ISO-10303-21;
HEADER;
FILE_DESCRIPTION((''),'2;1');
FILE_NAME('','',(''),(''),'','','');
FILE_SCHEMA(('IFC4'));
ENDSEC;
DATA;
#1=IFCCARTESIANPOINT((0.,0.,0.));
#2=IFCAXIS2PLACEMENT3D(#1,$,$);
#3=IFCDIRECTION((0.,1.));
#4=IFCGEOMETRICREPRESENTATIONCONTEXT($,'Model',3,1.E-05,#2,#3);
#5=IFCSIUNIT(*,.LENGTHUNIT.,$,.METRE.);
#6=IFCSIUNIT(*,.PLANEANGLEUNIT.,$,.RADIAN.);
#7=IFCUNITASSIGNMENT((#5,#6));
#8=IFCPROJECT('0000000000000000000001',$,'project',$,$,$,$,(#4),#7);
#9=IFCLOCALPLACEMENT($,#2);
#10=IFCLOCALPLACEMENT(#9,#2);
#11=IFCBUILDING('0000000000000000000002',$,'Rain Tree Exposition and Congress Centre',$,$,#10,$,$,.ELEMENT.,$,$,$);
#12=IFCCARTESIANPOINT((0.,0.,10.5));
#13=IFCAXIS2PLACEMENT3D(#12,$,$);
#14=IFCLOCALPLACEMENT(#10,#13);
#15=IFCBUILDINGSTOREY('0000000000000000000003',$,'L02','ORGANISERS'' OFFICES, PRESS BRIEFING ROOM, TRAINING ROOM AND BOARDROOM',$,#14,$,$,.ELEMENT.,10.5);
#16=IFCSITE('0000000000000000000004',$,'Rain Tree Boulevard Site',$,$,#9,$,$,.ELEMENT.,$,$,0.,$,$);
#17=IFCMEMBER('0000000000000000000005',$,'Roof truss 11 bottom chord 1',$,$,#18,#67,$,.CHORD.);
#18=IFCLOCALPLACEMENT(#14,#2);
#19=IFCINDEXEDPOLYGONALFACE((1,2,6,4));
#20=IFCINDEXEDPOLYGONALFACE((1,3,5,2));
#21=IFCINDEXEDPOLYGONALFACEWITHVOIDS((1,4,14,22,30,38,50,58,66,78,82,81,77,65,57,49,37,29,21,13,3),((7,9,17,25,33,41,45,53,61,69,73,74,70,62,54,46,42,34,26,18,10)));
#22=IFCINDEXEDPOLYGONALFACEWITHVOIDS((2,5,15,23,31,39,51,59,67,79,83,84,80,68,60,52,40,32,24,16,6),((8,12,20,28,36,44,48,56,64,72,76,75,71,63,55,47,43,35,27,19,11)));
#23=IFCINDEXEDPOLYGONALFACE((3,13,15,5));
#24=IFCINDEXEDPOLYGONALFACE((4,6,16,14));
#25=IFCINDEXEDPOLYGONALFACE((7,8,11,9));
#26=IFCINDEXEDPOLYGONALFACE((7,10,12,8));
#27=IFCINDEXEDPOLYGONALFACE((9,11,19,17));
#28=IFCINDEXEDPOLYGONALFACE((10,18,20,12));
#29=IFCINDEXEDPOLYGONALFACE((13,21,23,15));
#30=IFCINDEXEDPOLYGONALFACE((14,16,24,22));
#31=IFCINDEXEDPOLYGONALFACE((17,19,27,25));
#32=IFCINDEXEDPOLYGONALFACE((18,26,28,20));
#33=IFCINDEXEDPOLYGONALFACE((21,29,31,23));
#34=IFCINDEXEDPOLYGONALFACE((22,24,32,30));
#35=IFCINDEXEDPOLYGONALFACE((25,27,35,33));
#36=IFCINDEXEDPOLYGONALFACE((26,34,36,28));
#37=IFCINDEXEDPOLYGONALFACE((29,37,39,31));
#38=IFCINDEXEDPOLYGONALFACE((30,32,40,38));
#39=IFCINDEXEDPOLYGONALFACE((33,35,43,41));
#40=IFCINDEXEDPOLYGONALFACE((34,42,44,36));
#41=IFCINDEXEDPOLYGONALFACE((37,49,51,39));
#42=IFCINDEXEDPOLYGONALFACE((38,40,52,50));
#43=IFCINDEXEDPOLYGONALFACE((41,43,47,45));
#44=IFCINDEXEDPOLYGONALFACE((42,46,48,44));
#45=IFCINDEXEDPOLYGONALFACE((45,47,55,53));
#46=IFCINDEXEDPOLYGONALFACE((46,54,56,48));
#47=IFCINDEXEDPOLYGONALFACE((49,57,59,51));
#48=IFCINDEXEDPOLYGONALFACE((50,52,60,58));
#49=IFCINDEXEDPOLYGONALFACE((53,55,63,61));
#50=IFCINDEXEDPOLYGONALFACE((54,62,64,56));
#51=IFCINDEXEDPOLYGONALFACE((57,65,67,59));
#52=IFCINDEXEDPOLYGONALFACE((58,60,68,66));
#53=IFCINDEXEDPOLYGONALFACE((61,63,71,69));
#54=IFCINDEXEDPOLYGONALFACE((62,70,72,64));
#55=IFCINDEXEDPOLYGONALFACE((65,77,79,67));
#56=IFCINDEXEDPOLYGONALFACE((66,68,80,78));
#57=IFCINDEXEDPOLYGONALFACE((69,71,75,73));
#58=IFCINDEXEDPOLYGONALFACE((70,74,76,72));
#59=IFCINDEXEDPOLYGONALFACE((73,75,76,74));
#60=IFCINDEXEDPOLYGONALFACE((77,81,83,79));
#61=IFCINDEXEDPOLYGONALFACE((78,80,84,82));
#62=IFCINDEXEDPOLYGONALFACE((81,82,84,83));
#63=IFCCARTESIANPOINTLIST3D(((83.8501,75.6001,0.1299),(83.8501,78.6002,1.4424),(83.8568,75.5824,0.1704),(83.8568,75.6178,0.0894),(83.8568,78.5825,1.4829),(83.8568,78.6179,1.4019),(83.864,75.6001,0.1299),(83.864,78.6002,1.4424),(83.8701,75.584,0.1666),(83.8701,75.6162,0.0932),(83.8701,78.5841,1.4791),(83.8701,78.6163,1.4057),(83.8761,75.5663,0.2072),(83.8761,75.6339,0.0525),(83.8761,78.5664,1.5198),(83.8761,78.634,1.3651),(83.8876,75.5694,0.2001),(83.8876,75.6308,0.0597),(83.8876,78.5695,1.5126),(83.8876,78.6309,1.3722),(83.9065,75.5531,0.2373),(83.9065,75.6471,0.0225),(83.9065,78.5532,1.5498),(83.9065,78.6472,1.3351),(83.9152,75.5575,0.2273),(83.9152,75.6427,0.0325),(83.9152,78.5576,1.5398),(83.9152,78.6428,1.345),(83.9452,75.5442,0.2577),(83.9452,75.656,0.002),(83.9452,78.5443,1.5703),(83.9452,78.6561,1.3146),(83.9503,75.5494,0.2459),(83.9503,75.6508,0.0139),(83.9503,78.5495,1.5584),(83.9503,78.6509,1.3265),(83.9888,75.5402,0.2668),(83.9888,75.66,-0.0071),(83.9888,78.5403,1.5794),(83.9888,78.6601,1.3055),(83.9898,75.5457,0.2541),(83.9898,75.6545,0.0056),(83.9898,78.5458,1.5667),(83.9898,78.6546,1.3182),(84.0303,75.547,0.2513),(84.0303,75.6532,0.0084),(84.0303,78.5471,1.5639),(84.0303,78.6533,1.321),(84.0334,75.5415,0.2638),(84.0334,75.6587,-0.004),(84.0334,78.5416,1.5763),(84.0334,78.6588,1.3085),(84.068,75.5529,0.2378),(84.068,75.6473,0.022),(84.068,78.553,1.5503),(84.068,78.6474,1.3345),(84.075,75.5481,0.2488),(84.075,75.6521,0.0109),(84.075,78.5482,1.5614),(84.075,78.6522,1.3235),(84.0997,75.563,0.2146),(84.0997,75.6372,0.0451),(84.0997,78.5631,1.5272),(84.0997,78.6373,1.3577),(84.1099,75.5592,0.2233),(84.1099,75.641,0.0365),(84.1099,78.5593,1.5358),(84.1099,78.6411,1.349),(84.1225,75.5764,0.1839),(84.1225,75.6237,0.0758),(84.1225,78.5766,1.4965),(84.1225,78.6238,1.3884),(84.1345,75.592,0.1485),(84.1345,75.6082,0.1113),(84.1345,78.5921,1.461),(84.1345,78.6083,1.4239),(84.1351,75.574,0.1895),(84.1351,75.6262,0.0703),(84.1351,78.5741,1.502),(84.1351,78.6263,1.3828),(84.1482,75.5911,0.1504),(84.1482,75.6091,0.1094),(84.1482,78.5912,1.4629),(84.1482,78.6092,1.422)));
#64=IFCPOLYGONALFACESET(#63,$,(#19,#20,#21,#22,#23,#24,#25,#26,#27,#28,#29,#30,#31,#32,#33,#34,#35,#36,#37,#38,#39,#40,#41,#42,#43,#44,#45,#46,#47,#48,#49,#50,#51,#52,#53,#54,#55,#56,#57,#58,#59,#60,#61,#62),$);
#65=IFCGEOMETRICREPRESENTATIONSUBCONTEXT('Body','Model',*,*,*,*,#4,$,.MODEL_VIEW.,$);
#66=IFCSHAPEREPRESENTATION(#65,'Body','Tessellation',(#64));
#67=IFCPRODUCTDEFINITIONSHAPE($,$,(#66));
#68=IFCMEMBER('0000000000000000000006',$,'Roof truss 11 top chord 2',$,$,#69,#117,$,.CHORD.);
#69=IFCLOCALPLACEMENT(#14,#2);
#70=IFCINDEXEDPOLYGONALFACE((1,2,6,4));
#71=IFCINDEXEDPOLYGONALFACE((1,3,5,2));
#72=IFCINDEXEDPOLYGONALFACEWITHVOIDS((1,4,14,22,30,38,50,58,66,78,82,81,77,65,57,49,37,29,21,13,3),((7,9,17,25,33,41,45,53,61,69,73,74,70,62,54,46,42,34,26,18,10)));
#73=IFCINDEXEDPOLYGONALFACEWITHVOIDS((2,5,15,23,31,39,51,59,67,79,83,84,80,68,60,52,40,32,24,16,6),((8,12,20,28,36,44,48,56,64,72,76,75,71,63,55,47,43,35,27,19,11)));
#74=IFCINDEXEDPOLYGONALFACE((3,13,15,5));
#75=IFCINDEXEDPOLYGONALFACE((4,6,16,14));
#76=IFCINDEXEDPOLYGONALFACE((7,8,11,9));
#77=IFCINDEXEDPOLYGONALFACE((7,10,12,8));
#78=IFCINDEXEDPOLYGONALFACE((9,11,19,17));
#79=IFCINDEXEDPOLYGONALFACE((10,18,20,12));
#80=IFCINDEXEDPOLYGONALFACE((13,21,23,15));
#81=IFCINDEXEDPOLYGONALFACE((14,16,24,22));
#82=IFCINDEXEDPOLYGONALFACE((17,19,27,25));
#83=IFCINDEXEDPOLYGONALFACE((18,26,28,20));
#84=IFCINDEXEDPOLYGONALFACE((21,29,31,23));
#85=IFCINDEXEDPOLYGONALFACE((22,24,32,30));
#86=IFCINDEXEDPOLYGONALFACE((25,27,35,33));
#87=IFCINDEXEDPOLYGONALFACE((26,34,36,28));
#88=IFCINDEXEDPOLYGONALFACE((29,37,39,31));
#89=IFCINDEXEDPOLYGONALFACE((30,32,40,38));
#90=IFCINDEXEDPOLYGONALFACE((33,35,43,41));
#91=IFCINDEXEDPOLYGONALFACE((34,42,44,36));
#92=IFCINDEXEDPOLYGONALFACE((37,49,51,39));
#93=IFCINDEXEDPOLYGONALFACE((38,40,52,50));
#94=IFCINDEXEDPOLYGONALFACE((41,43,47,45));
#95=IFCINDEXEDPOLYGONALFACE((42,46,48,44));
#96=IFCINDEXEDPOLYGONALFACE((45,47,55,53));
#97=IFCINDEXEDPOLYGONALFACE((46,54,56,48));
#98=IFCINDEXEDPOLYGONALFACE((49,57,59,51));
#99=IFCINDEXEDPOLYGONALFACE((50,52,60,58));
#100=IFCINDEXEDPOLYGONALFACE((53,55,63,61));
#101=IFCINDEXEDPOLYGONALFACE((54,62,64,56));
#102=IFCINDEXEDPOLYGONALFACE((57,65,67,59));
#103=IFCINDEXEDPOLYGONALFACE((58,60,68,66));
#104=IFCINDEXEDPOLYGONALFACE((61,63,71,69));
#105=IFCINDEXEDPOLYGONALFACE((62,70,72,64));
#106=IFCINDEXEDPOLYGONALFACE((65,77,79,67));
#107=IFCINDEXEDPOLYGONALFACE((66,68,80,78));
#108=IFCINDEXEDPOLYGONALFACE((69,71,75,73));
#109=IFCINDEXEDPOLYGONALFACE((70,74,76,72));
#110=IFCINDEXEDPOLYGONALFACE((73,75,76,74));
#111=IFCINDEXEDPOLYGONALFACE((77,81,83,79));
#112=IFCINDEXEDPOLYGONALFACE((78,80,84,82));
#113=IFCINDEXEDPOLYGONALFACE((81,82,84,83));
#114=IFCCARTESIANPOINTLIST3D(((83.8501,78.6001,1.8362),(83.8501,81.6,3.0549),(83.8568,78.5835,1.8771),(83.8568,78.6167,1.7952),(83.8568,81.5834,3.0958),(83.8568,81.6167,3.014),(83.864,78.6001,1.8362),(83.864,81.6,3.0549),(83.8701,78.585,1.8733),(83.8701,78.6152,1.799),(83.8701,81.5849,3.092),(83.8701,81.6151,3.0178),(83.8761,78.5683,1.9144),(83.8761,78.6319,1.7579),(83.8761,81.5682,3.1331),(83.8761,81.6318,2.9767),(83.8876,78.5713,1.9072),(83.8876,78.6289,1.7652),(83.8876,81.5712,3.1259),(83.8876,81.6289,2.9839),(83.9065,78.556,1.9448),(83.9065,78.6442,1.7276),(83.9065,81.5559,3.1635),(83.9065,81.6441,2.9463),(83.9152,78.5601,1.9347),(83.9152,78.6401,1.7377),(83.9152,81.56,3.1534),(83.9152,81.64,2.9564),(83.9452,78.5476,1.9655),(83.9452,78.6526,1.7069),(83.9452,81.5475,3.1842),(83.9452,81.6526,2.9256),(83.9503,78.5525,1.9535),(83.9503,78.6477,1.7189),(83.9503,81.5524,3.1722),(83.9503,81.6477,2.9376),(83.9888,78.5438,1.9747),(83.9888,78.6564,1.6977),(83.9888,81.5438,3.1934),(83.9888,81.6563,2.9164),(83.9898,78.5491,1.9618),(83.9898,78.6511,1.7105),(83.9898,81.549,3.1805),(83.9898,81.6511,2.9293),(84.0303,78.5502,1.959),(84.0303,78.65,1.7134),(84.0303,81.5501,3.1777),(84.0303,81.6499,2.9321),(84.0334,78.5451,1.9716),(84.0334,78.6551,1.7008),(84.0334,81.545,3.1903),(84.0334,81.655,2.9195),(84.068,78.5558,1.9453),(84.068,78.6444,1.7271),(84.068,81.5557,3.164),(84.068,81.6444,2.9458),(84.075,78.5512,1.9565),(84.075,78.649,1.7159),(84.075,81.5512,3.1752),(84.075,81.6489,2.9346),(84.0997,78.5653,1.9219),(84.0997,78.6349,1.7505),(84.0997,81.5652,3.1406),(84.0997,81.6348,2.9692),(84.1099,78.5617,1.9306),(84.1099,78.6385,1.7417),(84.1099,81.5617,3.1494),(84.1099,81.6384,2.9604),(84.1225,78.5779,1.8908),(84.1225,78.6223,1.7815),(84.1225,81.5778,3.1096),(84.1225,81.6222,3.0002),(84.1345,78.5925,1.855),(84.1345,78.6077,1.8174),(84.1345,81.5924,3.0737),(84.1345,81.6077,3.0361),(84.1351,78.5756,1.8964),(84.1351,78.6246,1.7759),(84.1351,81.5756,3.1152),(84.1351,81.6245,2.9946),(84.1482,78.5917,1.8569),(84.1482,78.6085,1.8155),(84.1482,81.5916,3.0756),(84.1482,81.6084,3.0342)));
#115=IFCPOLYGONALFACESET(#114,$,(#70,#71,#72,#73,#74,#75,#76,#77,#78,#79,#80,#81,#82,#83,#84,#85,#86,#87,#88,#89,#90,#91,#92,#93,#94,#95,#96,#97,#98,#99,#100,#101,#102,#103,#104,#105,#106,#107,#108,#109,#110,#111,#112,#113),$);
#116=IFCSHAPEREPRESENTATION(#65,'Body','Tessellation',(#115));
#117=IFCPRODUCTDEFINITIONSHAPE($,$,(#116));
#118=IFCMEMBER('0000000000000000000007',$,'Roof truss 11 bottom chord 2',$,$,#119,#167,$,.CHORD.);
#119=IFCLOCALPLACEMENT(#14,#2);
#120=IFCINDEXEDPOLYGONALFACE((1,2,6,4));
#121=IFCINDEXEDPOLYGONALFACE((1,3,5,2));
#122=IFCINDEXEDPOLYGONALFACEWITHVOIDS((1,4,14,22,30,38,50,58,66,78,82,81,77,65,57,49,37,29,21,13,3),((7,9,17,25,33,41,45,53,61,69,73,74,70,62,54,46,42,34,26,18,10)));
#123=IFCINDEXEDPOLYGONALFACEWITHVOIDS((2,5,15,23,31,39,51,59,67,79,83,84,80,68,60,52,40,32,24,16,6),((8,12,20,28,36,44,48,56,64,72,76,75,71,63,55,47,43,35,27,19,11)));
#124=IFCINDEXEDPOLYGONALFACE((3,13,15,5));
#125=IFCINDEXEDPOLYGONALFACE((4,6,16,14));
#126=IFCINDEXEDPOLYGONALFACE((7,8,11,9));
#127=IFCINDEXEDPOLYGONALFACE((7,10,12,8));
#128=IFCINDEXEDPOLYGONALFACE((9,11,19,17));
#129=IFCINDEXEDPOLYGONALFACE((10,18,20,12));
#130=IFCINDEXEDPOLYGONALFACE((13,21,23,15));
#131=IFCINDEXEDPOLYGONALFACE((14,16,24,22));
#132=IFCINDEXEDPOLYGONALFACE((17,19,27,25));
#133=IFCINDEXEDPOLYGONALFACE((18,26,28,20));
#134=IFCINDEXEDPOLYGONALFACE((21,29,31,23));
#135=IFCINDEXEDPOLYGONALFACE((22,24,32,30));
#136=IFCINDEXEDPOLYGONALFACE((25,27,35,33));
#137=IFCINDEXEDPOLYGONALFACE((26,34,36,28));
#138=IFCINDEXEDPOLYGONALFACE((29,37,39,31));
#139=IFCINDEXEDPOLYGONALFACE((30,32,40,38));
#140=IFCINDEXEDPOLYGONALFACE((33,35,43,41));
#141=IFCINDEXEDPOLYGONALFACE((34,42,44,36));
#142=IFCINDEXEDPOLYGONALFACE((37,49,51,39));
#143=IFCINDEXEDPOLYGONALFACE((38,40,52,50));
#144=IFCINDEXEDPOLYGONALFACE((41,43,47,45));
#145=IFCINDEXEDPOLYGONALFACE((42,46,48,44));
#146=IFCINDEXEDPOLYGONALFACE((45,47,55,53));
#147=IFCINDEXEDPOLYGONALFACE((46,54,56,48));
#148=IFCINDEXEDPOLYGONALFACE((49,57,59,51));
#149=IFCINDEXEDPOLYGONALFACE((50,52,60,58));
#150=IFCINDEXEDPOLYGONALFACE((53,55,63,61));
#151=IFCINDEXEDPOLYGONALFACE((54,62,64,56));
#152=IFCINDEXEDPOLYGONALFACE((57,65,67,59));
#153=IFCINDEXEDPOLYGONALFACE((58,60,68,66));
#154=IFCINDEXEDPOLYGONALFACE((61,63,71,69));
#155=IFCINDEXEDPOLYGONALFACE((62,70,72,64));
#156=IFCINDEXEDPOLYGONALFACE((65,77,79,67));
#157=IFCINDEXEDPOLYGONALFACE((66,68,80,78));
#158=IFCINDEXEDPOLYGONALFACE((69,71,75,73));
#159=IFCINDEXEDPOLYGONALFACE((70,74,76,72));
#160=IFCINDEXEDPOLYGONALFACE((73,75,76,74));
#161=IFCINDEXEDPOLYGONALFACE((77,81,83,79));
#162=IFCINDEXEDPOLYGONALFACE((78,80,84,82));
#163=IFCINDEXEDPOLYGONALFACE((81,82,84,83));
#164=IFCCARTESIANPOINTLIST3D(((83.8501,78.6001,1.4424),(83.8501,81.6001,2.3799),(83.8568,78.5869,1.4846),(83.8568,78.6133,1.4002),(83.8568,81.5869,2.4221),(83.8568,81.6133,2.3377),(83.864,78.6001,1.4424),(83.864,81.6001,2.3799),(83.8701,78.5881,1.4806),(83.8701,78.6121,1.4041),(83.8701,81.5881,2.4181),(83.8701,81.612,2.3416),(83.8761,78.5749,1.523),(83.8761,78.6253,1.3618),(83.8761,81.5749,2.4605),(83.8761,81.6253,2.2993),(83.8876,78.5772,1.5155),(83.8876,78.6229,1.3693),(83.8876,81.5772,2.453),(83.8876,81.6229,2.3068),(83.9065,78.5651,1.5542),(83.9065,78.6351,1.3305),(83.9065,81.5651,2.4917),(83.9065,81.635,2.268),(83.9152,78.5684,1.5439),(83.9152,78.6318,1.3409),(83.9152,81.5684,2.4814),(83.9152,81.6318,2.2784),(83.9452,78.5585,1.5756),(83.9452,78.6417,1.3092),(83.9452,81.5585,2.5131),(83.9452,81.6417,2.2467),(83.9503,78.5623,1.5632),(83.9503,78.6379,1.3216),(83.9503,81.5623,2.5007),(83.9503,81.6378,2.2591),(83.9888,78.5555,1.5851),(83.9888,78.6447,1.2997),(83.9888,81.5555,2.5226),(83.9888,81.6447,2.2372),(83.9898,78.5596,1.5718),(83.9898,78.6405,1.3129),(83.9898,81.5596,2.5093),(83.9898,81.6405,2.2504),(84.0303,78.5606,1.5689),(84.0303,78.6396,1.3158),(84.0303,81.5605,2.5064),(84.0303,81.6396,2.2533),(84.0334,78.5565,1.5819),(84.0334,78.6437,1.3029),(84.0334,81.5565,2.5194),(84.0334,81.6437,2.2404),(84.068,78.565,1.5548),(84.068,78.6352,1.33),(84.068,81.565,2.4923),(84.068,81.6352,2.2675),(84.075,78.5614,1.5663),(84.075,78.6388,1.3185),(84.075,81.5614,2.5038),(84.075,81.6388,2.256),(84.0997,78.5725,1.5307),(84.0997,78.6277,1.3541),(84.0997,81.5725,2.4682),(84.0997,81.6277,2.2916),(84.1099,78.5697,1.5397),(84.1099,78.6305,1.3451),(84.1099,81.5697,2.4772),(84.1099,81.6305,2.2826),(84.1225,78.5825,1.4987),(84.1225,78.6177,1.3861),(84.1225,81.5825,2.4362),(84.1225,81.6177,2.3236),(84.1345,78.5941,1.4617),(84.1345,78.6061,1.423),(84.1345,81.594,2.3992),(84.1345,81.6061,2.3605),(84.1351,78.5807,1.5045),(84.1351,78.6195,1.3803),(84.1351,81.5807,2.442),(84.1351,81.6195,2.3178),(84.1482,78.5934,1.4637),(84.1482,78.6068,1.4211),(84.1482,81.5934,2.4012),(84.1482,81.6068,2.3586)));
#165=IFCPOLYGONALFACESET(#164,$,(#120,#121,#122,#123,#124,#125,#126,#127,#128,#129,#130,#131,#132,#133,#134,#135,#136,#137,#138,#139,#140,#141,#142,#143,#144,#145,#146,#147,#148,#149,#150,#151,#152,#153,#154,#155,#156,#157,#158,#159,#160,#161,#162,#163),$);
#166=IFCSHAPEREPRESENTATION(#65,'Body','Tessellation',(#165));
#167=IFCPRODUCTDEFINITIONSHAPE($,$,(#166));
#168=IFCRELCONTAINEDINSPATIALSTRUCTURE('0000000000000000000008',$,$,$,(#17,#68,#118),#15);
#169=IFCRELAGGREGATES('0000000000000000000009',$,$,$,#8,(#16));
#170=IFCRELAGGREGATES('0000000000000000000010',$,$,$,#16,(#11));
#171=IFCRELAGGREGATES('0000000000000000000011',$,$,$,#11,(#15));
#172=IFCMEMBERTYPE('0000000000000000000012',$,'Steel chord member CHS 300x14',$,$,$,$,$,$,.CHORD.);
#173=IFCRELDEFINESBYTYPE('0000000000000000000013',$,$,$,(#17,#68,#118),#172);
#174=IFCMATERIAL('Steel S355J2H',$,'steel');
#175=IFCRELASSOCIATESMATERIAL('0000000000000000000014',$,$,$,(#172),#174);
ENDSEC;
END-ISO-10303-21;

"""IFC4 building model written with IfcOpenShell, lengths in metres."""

from ifc_helpers import new_model, si_unit, direction, frame, origin, origin_2d, place, context, subcontext, project, spatial, hollow_circle, extrude, material, material_profile, profile_set, type_object, element, save


model = new_model("IFC4")

# Units and contexts
model_context = context("Model", 3, precision=1e-05, world=origin(), true_north=direction((0.0, 1.0)))
body_context = subcontext(model_context, "Body", "Model", "MODEL_VIEW")
ifc_project = project(units=[si_unit("LENGTHUNIT", "METRE"), si_unit("PLANEANGLEUNIT", "RADIAN")], contexts=[model_context])

# Site, building, storey
site_placement = place(None, origin())
site = spatial("IfcSite", under=ifc_project, at=site_placement, Name="Rain Tree Boulevard Site", CompositionType="ELEMENT", RefElevation=0.0)
building_placement = place(site_placement, origin())
building = spatial("IfcBuilding", under=site, at=building_placement, Name="Rain Tree Exposition and Congress Centre", CompositionType="ELEMENT")
storey_placement = place(building_placement, frame((0.0, 0.0, 10.5)))
storey = spatial("IfcBuildingStorey", under=building, at=storey_placement, Name="L02", Description="ORGANISERS' OFFICES, PRESS BRIEFING ROOM, TRAINING ROOM AND BOARDROOM", CompositionType="ELEMENT", Elevation=10.5)

# Members
ifc_material_1 = material(Name="Steel S355J2H", Category="steel")
ifc_material_profile_1 = material_profile(ifc_material_1, hollow_circle(Radius=0.1499, WallThickness=0.0139, at=origin_2d()), Name="CHS 300x14")
ifc_profile_set_1 = profile_set([ifc_material_profile_1], Name="Steel S355J2H")
member_type_1 = type_object("IfcMemberType", Name="Steel chord member CHS 300x14", PredefinedType="CHORD", material=ifc_profile_set_1)
member_1_placement = place(storey_placement, frame((84.0, 75.6001, 0.1299), z_axis=(0.0, 0.916157, 0.400819), x_axis=(-1.0, 0.0, 0.0)))
element("IfcMember", 1, at=member_1_placement, inside=storey, type_object=member_type_1, Name="Roof truss 11 bottom chord 1", PredefinedType="CHORD", context=body_context, shape_type="SweptSolid", body=[
    extrude(hollow_circle(Radius=0.1499, WallThickness=0.0139, at=origin_2d()), origin(), (0.0, 0.0, 1.0), 3.2747),
])
member_2_placement = place(storey_placement, frame((84.0, 78.6001, 1.8362), z_axis=(0.0, 0.926467, 0.376377), x_axis=(-1.0, 0.0, 0.0)))
element("IfcMember", 2, at=member_2_placement, inside=storey, type_object=member_type_1, Name="Roof truss 11 top chord 2", PredefinedType="CHORD", context=body_context, shape_type="SweptSolid", body=[
    extrude(hollow_circle(Radius=0.1499, WallThickness=0.0139, at=origin_2d()), origin(), (0.0, 0.0, 1.0), 3.238),
])
member_3_placement = place(storey_placement, frame((84.0, 78.6001, 1.4424), z_axis=(0.0, 0.95448, 0.298275), x_axis=(-1.0, 0.0, 0.0)))
element("IfcMember", 3, at=member_3_placement, inside=storey, type_object=member_type_1, Name="Roof truss 11 bottom chord 2", PredefinedType="CHORD", context=body_context, shape_type="SweptSolid", body=[
    extrude(hollow_circle(Radius=0.1499, WallThickness=0.0139, at=origin_2d()), origin(), (0.0, 0.0, 1.0), 3.1431),
])

save(model, "model.ifc")
